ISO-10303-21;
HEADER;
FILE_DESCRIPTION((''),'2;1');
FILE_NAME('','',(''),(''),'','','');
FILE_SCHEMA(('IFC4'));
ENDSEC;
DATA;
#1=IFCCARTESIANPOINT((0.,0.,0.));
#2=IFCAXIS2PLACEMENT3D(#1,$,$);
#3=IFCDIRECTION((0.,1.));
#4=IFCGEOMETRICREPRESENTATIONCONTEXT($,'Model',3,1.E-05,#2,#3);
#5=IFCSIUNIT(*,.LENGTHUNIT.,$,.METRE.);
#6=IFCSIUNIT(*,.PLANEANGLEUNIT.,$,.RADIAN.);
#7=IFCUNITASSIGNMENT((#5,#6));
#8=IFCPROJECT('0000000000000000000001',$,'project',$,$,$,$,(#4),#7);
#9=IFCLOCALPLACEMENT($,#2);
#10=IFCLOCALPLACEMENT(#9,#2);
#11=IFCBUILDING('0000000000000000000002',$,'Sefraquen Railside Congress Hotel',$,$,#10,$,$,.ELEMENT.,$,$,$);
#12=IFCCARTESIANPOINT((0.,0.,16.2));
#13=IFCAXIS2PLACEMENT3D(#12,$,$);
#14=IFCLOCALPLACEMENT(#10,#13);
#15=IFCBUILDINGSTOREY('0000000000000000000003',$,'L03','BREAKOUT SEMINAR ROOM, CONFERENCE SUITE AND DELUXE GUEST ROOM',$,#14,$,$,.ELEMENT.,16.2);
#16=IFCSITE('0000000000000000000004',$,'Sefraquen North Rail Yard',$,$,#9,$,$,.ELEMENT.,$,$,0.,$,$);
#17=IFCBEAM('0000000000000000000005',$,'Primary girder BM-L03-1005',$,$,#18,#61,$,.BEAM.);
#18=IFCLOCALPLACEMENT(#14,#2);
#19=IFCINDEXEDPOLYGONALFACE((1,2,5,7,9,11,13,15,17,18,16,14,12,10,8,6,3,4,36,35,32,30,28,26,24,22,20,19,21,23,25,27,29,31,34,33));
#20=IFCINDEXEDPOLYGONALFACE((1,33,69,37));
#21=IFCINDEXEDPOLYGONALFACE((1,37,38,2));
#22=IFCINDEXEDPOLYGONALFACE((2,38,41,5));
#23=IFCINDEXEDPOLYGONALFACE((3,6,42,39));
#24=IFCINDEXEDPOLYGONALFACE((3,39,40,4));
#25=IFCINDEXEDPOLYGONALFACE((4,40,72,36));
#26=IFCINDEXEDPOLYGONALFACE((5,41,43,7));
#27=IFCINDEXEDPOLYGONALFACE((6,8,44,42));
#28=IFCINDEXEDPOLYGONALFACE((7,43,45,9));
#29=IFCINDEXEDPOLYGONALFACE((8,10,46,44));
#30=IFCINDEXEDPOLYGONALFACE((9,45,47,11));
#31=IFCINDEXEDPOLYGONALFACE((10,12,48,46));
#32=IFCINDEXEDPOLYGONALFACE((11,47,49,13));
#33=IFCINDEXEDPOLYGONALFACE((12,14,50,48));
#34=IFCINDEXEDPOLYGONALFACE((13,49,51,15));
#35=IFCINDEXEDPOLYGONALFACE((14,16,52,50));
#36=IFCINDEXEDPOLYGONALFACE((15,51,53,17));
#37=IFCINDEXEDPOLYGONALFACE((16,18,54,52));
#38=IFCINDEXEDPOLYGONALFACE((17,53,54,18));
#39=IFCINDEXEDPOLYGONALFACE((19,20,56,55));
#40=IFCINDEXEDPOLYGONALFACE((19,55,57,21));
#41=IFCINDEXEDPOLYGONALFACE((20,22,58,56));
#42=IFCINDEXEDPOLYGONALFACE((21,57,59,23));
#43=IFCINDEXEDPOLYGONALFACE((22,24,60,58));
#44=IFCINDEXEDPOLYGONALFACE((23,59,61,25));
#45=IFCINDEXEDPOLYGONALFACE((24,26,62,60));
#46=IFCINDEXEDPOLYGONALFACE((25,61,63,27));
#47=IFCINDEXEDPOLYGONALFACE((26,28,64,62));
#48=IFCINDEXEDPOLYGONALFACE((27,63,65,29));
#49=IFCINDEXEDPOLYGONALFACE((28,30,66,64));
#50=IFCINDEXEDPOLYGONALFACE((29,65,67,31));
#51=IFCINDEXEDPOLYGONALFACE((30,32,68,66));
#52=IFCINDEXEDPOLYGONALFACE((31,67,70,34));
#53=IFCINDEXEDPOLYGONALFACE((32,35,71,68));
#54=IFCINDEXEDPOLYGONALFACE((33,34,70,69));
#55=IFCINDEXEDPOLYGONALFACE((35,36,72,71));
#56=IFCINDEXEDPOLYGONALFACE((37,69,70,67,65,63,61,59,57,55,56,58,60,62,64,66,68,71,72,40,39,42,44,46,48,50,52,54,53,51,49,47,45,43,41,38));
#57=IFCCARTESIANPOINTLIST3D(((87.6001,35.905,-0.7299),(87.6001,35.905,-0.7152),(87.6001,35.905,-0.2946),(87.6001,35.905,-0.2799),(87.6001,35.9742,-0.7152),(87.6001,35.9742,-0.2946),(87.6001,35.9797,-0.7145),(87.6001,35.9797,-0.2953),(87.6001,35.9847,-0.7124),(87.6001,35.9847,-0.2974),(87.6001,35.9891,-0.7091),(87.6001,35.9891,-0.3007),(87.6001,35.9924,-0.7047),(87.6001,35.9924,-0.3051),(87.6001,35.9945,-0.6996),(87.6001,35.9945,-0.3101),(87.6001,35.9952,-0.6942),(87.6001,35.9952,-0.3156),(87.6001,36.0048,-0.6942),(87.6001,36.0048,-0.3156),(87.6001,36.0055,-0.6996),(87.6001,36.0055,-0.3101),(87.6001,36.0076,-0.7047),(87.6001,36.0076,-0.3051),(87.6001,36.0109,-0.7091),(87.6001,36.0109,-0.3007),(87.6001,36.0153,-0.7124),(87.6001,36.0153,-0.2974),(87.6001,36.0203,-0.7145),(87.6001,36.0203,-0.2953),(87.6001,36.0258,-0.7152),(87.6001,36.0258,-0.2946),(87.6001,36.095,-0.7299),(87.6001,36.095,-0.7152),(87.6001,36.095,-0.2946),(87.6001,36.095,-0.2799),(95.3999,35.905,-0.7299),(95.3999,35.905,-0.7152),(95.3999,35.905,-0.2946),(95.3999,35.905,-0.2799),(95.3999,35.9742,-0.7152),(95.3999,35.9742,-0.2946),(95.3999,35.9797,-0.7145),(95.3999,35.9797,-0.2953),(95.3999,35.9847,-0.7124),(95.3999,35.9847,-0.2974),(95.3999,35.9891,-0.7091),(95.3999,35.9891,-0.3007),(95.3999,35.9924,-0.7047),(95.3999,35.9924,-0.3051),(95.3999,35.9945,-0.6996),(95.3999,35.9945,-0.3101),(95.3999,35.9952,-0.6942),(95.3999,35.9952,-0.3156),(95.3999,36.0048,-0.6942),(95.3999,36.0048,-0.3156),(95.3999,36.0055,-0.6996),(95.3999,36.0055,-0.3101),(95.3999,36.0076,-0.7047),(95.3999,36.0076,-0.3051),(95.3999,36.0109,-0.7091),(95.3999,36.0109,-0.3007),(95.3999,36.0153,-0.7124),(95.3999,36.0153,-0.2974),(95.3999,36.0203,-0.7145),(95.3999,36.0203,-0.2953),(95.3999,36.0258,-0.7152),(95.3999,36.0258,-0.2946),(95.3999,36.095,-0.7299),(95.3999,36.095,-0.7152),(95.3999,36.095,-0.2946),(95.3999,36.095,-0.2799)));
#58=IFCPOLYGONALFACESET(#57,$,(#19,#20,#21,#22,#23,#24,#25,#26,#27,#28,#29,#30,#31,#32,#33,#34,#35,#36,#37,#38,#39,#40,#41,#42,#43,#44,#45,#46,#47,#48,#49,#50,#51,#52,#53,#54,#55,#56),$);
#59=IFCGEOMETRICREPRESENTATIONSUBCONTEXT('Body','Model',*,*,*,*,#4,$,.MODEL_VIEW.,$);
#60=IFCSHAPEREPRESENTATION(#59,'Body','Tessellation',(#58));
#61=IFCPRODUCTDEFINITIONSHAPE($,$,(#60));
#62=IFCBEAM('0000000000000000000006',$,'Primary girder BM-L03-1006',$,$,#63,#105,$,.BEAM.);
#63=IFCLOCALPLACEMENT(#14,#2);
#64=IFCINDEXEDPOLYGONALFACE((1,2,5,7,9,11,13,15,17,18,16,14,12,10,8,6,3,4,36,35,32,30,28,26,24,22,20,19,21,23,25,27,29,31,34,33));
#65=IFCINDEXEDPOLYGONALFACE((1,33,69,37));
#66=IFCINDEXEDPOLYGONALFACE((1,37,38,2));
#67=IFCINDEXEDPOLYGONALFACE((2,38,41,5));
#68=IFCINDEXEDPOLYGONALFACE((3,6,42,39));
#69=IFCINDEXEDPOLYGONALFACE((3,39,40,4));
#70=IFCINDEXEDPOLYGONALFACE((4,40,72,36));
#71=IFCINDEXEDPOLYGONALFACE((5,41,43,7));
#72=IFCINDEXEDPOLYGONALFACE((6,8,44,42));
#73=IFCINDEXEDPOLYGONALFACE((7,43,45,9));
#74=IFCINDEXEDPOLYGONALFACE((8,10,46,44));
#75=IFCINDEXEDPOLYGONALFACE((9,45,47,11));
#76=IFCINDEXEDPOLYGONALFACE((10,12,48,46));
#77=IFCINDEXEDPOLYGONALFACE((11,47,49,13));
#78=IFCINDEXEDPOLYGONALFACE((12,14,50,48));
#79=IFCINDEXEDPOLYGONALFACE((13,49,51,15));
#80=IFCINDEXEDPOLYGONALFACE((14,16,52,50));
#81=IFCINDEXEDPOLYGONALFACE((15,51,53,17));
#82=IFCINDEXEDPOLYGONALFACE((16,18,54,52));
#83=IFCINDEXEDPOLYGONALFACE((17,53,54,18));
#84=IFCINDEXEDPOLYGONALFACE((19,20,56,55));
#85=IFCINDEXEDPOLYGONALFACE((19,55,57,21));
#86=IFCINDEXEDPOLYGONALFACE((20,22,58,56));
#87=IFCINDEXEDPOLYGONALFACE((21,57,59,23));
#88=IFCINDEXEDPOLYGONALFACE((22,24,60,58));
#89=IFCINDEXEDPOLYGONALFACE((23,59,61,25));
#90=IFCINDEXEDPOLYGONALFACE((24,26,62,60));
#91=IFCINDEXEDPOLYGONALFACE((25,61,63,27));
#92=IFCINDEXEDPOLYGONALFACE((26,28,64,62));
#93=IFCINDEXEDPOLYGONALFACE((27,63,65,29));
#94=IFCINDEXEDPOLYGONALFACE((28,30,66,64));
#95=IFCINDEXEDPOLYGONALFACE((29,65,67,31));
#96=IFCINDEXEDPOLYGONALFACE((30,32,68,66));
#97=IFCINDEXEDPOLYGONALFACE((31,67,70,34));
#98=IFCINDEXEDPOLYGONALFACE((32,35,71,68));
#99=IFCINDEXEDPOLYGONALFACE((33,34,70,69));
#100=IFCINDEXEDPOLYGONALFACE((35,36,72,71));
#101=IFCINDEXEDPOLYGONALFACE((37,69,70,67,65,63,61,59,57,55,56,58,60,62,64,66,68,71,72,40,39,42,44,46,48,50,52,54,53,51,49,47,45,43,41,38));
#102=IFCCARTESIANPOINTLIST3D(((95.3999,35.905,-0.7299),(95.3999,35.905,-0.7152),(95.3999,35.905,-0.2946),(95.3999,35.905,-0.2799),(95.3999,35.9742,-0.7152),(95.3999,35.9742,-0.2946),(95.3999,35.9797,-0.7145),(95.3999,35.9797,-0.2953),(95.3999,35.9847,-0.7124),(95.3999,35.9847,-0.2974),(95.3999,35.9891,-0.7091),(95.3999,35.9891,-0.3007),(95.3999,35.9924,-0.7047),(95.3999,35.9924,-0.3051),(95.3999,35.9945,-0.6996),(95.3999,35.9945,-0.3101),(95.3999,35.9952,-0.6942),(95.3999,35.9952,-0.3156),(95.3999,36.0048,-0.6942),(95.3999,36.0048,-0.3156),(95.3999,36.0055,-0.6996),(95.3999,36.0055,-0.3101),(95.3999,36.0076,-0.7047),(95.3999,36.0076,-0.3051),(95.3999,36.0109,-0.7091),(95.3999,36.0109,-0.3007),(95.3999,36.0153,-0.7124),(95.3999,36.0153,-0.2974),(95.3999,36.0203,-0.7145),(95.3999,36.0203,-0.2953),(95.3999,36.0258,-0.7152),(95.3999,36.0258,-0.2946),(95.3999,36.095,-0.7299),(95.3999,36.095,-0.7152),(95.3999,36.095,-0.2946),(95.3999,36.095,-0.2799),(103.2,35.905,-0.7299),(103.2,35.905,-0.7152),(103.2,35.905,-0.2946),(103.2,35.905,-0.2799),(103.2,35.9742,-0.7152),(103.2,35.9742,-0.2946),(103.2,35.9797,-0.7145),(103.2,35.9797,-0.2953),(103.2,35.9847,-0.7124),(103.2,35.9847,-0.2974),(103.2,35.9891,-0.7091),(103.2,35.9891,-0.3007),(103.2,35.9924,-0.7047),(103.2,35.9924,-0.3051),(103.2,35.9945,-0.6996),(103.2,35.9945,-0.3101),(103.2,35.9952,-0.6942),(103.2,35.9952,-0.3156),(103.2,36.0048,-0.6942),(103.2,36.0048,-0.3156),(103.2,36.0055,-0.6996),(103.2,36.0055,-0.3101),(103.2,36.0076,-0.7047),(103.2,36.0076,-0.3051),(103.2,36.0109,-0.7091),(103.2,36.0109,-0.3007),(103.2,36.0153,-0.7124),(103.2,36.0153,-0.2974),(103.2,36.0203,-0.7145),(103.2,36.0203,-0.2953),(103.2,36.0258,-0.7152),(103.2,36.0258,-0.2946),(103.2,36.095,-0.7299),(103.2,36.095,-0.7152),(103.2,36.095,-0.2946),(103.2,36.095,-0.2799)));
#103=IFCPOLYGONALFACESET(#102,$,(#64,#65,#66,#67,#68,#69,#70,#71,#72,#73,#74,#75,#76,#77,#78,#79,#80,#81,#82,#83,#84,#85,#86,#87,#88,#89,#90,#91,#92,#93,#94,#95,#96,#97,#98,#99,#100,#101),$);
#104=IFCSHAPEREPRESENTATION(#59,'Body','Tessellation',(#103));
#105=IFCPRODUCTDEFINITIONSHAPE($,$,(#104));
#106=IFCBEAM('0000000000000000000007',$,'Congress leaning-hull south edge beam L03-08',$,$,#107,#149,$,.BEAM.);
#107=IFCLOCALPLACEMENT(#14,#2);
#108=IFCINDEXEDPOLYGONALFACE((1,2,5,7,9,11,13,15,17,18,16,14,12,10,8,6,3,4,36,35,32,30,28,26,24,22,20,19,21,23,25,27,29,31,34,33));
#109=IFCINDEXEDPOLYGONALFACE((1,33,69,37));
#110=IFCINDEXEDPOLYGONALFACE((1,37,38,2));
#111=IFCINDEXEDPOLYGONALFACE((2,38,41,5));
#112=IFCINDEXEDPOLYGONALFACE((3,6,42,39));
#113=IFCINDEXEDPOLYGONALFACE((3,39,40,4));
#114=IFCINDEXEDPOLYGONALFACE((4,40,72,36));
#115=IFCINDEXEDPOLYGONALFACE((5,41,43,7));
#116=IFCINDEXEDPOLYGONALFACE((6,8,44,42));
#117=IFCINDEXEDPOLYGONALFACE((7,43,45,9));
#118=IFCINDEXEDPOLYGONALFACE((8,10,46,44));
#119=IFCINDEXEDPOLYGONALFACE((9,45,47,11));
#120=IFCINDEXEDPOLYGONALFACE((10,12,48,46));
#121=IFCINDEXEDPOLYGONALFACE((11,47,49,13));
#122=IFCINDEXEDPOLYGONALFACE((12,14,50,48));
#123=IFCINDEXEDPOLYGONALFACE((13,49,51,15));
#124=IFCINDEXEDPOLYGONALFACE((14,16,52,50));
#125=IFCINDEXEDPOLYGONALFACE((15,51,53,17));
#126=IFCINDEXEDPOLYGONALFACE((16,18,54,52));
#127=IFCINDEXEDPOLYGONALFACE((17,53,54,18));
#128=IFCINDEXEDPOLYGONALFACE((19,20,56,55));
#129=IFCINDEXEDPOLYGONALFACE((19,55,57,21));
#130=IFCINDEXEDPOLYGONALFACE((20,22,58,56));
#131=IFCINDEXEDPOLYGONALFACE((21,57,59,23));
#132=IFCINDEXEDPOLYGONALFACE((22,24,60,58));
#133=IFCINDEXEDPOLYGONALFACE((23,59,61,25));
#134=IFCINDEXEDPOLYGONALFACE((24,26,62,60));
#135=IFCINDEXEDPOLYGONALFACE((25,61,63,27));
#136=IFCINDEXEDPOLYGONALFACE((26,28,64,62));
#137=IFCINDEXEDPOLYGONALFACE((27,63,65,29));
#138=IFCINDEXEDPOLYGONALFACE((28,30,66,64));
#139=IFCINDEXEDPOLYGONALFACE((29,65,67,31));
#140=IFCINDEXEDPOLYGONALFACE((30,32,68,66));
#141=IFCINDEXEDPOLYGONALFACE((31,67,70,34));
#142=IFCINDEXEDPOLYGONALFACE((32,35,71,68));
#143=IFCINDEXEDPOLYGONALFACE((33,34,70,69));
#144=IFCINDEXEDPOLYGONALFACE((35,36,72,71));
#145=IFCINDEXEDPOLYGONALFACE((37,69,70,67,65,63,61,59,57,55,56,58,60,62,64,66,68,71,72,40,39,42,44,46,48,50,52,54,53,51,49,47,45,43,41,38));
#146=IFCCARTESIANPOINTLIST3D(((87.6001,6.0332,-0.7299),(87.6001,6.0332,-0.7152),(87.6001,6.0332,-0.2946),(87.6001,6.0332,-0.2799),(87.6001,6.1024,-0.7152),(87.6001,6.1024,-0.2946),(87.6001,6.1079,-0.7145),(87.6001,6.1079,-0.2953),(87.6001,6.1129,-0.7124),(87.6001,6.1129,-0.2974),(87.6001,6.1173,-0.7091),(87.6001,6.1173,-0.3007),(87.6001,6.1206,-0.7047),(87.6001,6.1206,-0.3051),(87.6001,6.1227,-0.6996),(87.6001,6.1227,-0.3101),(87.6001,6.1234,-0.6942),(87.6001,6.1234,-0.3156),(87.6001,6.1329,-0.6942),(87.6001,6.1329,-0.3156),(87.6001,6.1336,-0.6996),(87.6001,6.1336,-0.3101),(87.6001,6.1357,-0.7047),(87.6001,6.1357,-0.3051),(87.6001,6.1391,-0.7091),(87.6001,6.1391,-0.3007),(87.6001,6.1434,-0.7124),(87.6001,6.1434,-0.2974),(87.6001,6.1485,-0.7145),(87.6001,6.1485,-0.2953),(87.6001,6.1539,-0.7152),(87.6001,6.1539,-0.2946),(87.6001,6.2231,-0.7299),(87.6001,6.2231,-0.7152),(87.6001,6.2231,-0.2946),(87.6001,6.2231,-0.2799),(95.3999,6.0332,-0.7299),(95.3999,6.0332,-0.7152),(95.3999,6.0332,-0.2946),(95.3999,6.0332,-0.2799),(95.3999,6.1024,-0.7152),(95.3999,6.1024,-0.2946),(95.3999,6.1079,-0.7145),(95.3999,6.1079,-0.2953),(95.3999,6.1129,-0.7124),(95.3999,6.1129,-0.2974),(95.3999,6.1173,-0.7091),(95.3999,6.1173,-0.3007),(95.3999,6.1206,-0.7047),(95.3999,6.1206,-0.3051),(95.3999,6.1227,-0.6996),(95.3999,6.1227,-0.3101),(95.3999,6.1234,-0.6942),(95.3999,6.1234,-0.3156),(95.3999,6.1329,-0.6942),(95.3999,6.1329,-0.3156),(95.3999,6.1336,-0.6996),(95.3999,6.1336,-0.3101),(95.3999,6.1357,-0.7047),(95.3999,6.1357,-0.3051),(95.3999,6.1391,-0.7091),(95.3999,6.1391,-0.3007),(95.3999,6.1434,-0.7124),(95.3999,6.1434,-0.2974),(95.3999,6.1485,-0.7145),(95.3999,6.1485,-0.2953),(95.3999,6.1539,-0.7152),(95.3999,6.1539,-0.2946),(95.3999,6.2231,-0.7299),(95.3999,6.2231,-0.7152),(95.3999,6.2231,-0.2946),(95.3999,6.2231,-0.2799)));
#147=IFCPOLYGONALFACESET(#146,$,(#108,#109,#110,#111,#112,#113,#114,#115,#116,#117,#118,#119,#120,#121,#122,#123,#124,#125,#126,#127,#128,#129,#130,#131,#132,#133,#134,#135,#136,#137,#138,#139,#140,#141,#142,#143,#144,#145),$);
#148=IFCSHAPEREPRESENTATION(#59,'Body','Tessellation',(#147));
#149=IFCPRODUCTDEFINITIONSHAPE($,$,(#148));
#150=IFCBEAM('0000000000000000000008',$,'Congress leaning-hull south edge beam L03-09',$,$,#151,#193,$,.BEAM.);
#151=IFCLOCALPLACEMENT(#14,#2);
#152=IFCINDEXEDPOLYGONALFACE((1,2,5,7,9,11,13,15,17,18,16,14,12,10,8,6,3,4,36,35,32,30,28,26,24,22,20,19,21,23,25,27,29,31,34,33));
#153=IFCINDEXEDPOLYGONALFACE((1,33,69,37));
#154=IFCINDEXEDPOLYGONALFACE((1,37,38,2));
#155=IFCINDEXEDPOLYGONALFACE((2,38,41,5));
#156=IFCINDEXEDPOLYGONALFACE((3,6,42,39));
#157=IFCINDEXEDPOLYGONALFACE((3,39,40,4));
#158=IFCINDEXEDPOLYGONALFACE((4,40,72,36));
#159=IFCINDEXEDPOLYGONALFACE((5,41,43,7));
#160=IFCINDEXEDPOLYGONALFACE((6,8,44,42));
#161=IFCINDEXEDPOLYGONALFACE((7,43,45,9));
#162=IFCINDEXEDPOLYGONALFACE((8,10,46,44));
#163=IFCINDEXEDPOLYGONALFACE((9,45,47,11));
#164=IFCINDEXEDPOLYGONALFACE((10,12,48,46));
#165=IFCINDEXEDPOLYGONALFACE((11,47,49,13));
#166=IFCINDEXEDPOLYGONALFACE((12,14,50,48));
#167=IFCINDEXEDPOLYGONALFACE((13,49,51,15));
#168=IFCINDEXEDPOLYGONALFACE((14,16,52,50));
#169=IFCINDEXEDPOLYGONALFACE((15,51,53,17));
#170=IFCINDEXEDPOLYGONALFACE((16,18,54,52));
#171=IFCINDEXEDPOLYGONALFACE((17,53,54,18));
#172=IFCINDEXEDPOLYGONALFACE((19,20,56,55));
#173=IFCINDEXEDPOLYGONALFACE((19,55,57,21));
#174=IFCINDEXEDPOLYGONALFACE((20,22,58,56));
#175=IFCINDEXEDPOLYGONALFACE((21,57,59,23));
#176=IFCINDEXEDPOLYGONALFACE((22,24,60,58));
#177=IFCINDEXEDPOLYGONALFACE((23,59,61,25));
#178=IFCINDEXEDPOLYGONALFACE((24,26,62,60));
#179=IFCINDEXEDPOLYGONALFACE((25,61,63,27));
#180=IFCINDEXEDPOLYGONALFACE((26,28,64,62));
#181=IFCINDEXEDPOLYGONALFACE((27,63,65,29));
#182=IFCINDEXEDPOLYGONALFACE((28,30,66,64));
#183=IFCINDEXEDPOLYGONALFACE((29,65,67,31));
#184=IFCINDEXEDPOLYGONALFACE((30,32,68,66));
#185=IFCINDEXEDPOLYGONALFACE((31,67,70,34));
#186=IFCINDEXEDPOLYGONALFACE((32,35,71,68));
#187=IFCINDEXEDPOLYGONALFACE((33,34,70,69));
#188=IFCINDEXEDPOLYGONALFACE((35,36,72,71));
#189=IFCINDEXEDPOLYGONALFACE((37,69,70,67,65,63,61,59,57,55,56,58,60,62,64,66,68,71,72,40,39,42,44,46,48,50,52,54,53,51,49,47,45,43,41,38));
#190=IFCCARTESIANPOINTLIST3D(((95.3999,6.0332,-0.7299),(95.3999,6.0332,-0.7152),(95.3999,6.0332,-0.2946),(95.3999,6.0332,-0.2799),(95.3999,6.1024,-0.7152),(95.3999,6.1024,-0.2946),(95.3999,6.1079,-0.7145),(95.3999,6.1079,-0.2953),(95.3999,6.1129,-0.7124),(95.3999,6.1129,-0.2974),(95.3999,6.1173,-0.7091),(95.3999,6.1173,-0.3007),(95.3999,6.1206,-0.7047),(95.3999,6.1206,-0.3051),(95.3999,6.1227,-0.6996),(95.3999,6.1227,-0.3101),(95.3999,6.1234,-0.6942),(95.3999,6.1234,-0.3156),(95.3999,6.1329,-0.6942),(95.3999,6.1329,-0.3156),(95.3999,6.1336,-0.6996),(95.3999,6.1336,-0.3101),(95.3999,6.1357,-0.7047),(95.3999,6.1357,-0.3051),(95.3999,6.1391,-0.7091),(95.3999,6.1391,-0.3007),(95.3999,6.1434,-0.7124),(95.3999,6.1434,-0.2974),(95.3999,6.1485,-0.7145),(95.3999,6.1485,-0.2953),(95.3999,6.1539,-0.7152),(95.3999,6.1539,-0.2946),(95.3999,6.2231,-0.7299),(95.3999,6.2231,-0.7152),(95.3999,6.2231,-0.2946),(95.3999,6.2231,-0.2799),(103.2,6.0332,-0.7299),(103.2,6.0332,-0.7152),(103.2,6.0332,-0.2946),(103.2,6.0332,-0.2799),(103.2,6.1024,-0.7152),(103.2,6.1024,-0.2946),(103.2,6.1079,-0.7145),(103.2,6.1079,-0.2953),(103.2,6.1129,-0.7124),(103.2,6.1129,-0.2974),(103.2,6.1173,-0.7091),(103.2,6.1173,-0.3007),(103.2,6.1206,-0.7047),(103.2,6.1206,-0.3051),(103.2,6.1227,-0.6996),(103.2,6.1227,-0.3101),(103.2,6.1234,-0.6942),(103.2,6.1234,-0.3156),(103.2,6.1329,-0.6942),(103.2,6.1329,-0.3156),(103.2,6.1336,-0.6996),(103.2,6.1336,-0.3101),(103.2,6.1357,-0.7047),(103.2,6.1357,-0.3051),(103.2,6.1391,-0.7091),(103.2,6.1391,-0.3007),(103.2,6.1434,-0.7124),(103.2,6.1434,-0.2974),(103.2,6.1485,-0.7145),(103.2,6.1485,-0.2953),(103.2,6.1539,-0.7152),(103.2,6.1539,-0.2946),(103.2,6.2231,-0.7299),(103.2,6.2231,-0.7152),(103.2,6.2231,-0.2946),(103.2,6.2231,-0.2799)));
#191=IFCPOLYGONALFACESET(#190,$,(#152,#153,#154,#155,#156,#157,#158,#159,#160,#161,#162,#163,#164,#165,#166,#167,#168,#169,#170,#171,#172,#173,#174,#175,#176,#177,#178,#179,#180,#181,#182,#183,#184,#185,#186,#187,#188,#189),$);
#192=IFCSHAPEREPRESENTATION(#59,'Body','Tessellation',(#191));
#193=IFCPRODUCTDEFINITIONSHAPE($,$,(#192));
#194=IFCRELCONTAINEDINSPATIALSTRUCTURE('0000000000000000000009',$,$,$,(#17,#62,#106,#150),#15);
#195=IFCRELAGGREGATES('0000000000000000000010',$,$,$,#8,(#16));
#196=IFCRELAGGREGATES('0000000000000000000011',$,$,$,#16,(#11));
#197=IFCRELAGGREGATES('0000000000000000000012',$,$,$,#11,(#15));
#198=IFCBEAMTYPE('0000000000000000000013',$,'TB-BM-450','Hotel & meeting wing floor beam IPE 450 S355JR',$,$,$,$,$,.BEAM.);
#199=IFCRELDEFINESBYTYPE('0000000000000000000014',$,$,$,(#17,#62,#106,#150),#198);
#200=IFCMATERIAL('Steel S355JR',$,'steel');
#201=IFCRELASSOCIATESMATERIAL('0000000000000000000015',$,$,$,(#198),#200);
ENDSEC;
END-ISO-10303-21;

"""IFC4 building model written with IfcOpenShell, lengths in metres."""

from ifc_helpers import new_model, si_unit, direction, frame, origin, origin_2d, place, context, subcontext, project, spatial, i_section, extrude, material, material_profile, profile_set, type_object, element, save


model = new_model("IFC4")

# Units and contexts
model_context = context("Model", 3, precision=1e-05, world=origin(), true_north=direction((0.0, 1.0)))
body_context = subcontext(model_context, "Body", "Model", "MODEL_VIEW")
ifc_project = project(units=[si_unit("LENGTHUNIT", "METRE"), si_unit("PLANEANGLEUNIT", "RADIAN")], contexts=[model_context])

# Site, building, storey
site_placement = place(None, origin())
site = spatial("IfcSite", under=ifc_project, at=site_placement, Name="Sefraquen North Rail Yard", CompositionType="ELEMENT", RefElevation=0.0)
building_placement = place(site_placement, origin())
building = spatial("IfcBuilding", under=site, at=building_placement, Name="Sefraquen Railside Congress Hotel", CompositionType="ELEMENT")
storey_placement = place(building_placement, frame((0.0, 0.0, 16.2)))
storey = spatial("IfcBuildingStorey", under=building, at=storey_placement, Name="L03", Description="BREAKOUT SEMINAR ROOM, CONFERENCE SUITE AND DELUXE GUEST ROOM", CompositionType="ELEMENT", Elevation=16.2)

# Beams
ifc_material_1 = material(Name="Steel S355JR", Category="steel")
ifc_material_profile_1 = material_profile(ifc_material_1, i_section(OverallWidth=0.1899, OverallDepth=0.45, WebThickness=0.0095, FlangeThickness=0.0146, FilletRadius=0.021, at=origin_2d()), Name="IPE 450")
ifc_profile_set_1 = profile_set([ifc_material_profile_1], Name="Steel S355JR")
beam_type_1 = type_object("IfcBeamType", Name="TB-BM-450", Description="Hotel & meeting wing floor beam IPE 450 S355JR", PredefinedType="BEAM", material=ifc_profile_set_1)
beam_1_placement = place(storey_placement, frame((87.6001, 36.0, -0.5049), z_axis=(1.0, 0.0, 0.0), x_axis=(0.0, 1.0, 0.0)))
element("IfcBeam", 1, at=beam_1_placement, inside=storey, type_object=beam_type_1, Name="Primary girder BM-L03-1005", PredefinedType="BEAM", context=body_context, shape_type="SweptSolid", body=[
    extrude(i_section(OverallWidth=0.1899, OverallDepth=0.45, WebThickness=0.0095, FlangeThickness=0.0146, FilletRadius=0.021, at=origin_2d()), origin(), (0.0, 0.0, 1.0), 7.7998),
])
beam_2_placement = place(storey_placement, frame((95.3999, 36.0, -0.5049), z_axis=(1.0, 0.0, 0.0), x_axis=(0.0, 1.0, 0.0)))
element("IfcBeam", 2, at=beam_2_placement, inside=storey, type_object=beam_type_1, Name="Primary girder BM-L03-1006", PredefinedType="BEAM", context=body_context, shape_type="SweptSolid", body=[
    extrude(i_section(OverallWidth=0.1899, OverallDepth=0.45, WebThickness=0.0095, FlangeThickness=0.0146, FilletRadius=0.021, at=origin_2d()), origin(), (0.0, 0.0, 1.0), 7.8),
])
beam_3_placement = place(storey_placement, frame((87.6001, 6.1282, -0.5049), z_axis=(1.0, 0.0, 0.0), x_axis=(0.0, 1.0, 0.0)))
element("IfcBeam", 3, at=beam_3_placement, inside=storey, type_object=beam_type_1, Name="Congress leaning-hull south edge beam L03-08", PredefinedType="BEAM", context=body_context, shape_type="SweptSolid", body=[
    extrude(i_section(OverallWidth=0.1899, OverallDepth=0.45, WebThickness=0.0095, FlangeThickness=0.0146, FilletRadius=0.021, at=origin_2d()), origin(), (0.0, 0.0, 1.0), 7.7998),
])
beam_4_placement = place(storey_placement, frame((95.3999, 6.1282, -0.5049), z_axis=(1.0, 0.0, 0.0), x_axis=(0.0, 1.0, 0.0)))
element("IfcBeam", 4, at=beam_4_placement, inside=storey, type_object=beam_type_1, Name="Congress leaning-hull south edge beam L03-09", PredefinedType="BEAM", context=body_context, shape_type="SweptSolid", body=[
    extrude(i_section(OverallWidth=0.1899, OverallDepth=0.45, WebThickness=0.0095, FlangeThickness=0.0146, FilletRadius=0.021, at=origin_2d()), origin(), (0.0, 0.0, 1.0), 7.8),
])

save(model, "model.ifc")
